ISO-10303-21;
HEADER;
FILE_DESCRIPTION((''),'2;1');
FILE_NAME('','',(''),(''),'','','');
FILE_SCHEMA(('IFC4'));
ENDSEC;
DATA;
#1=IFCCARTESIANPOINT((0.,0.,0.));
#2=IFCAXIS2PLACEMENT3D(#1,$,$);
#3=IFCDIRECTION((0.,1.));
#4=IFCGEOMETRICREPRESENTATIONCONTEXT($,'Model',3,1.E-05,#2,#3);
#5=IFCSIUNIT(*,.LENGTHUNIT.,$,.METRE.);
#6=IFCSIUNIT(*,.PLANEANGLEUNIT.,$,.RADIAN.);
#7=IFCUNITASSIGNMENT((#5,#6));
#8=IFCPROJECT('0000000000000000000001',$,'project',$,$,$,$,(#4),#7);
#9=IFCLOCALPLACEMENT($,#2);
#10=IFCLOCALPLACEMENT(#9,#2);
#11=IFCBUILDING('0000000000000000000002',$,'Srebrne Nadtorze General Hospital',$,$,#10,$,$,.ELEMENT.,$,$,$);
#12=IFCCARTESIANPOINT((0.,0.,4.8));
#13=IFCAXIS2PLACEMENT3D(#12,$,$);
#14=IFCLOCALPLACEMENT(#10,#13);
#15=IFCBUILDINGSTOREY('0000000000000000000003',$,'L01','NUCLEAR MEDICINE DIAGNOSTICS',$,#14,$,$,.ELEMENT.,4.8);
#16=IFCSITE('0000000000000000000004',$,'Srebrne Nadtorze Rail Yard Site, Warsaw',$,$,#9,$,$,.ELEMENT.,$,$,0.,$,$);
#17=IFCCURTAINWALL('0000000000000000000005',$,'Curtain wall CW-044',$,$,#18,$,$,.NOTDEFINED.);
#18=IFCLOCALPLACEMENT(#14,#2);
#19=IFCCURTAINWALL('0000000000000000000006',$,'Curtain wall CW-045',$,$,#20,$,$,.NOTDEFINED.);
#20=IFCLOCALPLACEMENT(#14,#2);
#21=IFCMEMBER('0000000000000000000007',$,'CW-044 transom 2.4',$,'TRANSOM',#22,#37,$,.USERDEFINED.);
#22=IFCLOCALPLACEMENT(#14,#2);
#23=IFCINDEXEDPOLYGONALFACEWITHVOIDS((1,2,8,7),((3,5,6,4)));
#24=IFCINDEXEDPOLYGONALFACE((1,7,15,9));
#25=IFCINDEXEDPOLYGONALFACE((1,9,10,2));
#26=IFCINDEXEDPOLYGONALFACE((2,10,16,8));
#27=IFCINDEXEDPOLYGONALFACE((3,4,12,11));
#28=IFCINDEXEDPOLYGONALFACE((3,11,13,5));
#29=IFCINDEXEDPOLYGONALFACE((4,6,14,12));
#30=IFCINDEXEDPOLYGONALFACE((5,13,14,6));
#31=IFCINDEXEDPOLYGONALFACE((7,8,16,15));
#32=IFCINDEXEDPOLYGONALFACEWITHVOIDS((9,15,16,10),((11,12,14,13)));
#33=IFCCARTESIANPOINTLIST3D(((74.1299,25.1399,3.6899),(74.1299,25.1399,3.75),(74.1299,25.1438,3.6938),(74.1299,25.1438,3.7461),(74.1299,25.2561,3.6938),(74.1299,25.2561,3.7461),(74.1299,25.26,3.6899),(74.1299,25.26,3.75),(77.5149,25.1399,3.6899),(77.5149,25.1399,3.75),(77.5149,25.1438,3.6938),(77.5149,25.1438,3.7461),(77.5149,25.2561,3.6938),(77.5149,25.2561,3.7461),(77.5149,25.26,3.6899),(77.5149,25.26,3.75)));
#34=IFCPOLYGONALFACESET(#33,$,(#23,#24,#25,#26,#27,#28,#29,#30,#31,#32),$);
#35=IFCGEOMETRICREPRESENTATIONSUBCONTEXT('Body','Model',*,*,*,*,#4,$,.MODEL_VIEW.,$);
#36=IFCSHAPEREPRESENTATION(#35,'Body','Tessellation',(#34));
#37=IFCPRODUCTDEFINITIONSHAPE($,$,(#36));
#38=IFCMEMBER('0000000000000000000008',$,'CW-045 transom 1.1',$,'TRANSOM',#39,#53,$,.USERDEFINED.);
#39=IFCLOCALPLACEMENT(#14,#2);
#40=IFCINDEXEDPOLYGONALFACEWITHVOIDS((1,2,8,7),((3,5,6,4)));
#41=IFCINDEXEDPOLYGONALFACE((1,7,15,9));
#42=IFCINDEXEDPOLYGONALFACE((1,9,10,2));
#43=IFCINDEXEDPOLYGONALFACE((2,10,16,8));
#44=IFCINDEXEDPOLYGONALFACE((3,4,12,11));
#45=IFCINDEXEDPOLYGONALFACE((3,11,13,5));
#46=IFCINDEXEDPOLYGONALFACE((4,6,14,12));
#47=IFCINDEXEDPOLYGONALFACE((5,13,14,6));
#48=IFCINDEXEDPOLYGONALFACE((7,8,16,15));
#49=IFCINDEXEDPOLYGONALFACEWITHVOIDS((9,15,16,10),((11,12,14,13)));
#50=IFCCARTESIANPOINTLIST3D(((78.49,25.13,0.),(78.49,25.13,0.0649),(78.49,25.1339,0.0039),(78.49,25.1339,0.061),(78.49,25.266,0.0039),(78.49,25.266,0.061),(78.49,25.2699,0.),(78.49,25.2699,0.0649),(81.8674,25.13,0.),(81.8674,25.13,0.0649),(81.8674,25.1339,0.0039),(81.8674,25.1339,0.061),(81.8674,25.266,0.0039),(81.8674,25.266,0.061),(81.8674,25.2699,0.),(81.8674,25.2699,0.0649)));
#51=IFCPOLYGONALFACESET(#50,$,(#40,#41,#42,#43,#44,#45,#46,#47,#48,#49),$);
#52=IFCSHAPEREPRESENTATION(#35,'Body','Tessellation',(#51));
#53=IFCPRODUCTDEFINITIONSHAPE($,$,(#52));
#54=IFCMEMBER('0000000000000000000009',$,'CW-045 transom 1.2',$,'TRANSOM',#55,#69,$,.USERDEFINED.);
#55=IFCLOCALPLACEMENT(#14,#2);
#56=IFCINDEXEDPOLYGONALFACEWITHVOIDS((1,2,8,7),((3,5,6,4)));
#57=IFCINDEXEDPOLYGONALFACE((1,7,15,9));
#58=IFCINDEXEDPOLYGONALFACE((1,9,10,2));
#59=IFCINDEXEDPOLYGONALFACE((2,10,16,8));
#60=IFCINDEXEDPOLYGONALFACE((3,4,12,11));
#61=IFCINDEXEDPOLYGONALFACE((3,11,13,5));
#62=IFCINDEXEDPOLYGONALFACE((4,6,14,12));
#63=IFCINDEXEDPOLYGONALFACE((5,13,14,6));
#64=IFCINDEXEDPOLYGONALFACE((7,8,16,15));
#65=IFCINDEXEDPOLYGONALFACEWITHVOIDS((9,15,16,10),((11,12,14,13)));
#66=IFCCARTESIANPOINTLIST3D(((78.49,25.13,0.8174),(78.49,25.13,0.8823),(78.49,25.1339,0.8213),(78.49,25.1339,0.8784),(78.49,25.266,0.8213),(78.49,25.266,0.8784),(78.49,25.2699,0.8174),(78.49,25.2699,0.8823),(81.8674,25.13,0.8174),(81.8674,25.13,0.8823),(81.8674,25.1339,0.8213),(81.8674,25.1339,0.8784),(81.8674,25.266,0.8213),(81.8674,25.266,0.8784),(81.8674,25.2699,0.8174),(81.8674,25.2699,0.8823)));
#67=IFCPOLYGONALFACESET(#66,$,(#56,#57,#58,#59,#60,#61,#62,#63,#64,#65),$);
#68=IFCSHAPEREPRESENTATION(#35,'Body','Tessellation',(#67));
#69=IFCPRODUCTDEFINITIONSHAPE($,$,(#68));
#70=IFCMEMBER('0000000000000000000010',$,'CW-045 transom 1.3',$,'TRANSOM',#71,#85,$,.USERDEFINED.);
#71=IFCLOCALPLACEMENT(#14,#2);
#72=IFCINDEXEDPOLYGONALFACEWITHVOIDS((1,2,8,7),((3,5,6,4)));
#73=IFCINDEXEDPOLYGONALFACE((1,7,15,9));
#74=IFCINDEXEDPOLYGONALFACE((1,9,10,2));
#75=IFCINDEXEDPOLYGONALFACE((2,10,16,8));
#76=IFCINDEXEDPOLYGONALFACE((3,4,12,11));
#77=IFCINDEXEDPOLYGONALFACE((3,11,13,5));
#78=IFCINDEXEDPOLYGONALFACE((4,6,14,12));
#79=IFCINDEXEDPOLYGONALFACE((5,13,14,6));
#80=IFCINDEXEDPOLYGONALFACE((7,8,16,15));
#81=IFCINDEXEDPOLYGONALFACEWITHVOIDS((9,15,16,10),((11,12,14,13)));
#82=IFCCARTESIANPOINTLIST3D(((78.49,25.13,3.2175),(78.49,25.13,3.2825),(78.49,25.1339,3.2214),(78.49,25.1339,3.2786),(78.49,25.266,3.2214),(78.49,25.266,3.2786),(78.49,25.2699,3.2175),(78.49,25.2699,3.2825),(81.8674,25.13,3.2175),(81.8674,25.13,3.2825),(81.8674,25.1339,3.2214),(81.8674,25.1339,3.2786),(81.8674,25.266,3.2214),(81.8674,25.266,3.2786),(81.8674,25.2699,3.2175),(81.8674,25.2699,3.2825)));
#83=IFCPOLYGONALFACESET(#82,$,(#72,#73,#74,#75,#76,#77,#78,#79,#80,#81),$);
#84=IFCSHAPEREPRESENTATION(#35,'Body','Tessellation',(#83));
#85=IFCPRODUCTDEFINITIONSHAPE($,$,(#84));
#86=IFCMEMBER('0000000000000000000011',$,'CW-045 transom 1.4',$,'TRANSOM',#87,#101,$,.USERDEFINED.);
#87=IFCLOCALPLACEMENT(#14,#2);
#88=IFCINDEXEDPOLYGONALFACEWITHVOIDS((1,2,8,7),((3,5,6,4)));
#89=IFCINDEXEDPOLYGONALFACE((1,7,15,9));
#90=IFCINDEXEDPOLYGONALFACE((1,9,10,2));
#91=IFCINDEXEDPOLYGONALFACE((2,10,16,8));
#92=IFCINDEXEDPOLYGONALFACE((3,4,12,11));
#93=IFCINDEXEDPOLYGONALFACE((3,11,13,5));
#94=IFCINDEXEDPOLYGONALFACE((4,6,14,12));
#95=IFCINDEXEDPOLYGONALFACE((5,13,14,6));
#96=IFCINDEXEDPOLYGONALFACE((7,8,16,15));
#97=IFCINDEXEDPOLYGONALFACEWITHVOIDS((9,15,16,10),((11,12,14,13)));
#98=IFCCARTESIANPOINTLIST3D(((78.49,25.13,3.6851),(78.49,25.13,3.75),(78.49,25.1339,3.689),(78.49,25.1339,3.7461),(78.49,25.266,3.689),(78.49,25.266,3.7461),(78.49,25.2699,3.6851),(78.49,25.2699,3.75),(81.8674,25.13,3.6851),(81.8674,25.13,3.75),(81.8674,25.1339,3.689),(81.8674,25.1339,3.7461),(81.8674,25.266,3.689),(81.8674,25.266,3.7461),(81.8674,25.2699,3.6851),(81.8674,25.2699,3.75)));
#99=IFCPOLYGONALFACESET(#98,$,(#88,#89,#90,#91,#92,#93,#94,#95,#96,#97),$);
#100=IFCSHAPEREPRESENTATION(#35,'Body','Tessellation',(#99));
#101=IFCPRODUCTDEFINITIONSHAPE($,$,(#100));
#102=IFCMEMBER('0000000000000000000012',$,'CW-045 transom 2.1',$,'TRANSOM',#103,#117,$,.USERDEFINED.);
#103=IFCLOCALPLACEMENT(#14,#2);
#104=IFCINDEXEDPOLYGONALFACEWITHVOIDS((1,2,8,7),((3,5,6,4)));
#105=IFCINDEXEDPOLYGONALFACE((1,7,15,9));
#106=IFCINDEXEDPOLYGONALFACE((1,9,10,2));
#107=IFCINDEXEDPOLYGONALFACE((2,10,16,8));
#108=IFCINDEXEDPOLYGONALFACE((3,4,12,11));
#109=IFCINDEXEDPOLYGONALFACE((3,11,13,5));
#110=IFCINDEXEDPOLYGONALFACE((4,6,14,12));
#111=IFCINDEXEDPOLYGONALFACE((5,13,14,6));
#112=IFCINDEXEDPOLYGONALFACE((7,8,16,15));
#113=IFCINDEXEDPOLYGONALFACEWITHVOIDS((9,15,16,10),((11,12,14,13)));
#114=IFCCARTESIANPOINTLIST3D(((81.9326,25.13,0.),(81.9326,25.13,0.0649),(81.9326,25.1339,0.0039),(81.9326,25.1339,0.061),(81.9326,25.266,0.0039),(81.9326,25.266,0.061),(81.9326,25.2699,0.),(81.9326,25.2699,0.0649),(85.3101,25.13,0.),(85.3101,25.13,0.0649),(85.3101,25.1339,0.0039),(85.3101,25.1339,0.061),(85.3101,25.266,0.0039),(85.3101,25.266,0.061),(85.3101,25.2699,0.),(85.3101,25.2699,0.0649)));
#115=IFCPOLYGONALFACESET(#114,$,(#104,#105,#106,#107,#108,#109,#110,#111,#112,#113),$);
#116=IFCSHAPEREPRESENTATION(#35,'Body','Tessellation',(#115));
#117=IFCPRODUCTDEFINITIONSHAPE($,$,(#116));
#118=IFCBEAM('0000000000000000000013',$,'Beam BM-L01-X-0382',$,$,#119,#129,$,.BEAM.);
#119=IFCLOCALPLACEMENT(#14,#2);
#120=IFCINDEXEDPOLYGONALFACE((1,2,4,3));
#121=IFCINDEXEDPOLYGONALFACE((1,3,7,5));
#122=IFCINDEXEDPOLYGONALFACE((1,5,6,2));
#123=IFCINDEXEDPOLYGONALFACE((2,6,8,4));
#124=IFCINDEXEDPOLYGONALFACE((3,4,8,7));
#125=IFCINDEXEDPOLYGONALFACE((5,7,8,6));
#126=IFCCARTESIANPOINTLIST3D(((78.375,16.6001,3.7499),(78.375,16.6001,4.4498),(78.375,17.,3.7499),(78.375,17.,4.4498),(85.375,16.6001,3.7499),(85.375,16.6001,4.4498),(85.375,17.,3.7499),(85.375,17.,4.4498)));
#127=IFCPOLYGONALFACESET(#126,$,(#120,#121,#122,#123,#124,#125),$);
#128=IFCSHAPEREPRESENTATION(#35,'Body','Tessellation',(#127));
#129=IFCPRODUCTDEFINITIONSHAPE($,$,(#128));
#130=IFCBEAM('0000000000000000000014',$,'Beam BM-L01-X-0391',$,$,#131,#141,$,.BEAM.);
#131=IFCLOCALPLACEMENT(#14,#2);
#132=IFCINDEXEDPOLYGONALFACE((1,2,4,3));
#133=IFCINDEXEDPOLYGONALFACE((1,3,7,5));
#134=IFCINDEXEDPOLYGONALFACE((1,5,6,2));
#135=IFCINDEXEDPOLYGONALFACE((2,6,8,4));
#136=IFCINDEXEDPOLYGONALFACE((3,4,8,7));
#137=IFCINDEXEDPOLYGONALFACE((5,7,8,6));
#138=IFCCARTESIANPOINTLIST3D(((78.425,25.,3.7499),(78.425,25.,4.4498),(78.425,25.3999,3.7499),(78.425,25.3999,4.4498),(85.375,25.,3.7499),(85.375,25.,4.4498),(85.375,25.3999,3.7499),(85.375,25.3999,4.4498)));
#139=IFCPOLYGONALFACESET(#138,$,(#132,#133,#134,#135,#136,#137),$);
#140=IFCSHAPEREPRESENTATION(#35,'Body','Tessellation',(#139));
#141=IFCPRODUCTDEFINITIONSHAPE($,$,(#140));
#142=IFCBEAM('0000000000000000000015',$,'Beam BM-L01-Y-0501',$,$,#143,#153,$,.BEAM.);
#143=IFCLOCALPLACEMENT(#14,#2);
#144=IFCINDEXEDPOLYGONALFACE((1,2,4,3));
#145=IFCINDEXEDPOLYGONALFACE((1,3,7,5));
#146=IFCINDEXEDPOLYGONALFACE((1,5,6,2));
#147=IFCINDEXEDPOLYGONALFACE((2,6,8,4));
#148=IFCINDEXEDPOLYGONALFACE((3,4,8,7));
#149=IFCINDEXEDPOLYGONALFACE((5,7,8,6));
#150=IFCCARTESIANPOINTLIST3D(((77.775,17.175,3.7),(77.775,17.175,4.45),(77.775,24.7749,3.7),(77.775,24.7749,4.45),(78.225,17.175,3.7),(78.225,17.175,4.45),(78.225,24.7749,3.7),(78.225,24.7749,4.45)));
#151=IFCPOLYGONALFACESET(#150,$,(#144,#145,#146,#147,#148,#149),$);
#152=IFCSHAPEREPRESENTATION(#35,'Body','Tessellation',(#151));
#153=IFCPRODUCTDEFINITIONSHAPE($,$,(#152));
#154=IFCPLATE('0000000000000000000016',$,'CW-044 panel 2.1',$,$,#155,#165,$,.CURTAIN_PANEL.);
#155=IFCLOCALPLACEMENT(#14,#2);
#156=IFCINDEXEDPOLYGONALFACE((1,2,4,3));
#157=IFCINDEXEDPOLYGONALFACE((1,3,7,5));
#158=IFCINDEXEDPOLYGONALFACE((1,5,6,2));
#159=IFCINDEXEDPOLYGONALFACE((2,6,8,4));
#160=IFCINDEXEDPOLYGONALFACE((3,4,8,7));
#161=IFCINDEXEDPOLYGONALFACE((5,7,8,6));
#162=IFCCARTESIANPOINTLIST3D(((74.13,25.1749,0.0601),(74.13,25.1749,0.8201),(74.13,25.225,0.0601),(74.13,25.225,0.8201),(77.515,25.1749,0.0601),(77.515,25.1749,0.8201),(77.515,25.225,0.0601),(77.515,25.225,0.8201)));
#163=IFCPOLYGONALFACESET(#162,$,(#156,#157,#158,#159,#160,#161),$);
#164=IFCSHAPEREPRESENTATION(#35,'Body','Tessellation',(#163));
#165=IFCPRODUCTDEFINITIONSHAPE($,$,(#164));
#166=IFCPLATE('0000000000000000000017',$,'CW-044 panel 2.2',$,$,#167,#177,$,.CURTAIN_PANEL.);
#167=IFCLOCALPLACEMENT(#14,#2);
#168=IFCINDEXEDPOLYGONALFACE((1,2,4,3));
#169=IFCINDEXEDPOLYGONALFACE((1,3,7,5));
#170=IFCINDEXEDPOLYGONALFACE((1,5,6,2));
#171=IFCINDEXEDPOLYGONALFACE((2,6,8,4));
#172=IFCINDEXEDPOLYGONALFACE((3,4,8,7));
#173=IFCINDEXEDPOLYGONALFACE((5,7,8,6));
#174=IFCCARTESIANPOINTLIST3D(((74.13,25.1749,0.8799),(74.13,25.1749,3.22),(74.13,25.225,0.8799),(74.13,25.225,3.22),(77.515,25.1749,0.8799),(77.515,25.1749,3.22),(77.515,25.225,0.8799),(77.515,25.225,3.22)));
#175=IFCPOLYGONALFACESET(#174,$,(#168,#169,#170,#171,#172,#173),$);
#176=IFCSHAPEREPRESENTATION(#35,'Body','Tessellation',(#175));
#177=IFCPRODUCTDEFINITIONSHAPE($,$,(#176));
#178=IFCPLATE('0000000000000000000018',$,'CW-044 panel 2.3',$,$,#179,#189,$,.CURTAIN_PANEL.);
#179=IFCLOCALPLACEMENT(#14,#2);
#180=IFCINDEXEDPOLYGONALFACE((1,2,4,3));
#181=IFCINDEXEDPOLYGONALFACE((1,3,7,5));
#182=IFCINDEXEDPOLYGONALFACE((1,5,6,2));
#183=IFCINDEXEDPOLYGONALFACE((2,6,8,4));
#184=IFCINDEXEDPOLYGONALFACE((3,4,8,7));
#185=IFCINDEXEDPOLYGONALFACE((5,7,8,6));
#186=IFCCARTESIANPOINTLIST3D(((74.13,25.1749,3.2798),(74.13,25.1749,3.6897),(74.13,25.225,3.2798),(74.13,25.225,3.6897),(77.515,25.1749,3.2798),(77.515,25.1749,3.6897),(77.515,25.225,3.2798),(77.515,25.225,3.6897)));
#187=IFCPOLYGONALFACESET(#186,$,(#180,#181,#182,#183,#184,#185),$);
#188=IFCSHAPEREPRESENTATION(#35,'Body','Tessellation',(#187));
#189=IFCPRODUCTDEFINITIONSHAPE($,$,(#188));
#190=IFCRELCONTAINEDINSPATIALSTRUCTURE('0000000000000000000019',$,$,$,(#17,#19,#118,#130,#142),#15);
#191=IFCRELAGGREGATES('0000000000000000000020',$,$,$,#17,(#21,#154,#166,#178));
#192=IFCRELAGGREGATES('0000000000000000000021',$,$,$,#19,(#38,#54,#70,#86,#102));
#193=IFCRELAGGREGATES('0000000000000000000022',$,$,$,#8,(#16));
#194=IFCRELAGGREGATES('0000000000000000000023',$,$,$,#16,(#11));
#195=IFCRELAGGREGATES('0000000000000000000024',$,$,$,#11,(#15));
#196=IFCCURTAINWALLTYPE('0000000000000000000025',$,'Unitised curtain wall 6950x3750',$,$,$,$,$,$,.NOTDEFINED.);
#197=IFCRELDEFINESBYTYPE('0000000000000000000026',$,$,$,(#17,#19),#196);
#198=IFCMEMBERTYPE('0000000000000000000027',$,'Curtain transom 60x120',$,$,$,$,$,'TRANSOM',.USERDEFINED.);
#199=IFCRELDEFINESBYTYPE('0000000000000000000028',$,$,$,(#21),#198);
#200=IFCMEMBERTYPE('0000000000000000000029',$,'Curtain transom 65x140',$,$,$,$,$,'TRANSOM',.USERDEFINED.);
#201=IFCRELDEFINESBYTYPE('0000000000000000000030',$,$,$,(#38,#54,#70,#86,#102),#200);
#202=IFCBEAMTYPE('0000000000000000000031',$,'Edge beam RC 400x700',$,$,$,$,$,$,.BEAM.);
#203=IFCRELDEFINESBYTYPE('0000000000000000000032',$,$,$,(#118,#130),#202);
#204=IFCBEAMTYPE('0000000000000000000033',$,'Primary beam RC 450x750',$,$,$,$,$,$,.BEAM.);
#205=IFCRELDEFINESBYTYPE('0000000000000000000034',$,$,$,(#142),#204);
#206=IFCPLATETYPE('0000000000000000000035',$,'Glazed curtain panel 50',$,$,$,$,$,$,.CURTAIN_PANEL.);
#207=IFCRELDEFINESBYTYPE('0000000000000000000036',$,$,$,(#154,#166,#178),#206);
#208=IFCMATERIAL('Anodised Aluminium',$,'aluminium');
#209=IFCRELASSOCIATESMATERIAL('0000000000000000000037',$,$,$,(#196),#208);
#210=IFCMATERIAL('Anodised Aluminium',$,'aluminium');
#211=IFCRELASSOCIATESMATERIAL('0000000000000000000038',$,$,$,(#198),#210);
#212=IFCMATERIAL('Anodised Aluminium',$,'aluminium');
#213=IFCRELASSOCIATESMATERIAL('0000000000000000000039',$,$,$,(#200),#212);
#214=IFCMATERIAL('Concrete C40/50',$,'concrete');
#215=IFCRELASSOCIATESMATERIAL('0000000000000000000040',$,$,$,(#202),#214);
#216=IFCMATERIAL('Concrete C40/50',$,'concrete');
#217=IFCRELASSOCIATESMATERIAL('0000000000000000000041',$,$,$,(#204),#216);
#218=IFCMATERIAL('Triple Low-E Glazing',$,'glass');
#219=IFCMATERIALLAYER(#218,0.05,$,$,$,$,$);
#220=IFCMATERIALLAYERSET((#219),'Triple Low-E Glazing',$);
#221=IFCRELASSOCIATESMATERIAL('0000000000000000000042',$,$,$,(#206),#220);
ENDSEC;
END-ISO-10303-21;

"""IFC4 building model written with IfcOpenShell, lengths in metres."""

from ifc_helpers import new_model, si_unit, direction, frame, origin, origin_2d, place, context, subcontext, project, spatial, rectangle, hollow_rectangle, extrude, material, layer, layer_set, material_profile, profile_set, type_object, element, aggregate, save


model = new_model("IFC4")

# Units and contexts
model_context = context("Model", 3, precision=1e-05, world=origin(), true_north=direction((0.0, 1.0)))
body_context = subcontext(model_context, "Body", "Model", "MODEL_VIEW")
ifc_project = project(units=[si_unit("LENGTHUNIT", "METRE"), si_unit("PLANEANGLEUNIT", "RADIAN")], contexts=[model_context])

# Site, building, storey
site_placement = place(None, origin())
site = spatial("IfcSite", under=ifc_project, at=site_placement, Name="Srebrne Nadtorze Rail Yard Site, Warsaw", CompositionType="ELEMENT", RefElevation=0.0)
building_placement = place(site_placement, origin())
building = spatial("IfcBuilding", under=site, at=building_placement, Name="Srebrne Nadtorze General Hospital", CompositionType="ELEMENT")
storey_placement = place(building_placement, frame((0.0, 0.0, 4.8)))
storey = spatial("IfcBuildingStorey", under=building, at=storey_placement, Name="L01", Description="NUCLEAR MEDICINE DIAGNOSTICS", CompositionType="ELEMENT", Elevation=4.8)

# Curtain walls
ifc_material_1 = material(Name="Anodised Aluminium", Category="aluminium")
curtain_wall_type = type_object("IfcCurtainWallType", Name="Unitised curtain wall 6950x3750", PredefinedType="NOTDEFINED", material=ifc_material_1)
curtain_wall_1_placement = place(storey_placement, origin())
curtain_wall_1 = element("IfcCurtainWall", 1, at=curtain_wall_1_placement, inside=storey, type_object=curtain_wall_type, Name="Curtain wall CW-044", PredefinedType="NOTDEFINED")
curtain_wall_2_placement = place(storey_placement, origin())
curtain_wall_2 = element("IfcCurtainWall", 2, at=curtain_wall_2_placement, inside=storey, type_object=curtain_wall_type, Name="Curtain wall CW-045", PredefinedType="NOTDEFINED")

# Members
ifc_material_2 = material(Name="Anodised Aluminium", Category="aluminium")
ifc_material_profile_1 = material_profile(ifc_material_2, hollow_rectangle(XDim=0.0601, YDim=0.1201, WallThickness=0.0039, at=origin_2d()), Name="AL-TRN-60x120")
ifc_profile_set_1 = profile_set([ifc_material_profile_1], Name="Anodised Aluminium")
member_type_1 = type_object("IfcMemberType", Name="Curtain transom 60x120", ElementType="TRANSOM", PredefinedType="USERDEFINED", material=ifc_profile_set_1)
member_1_placement = place(storey_placement, frame((74.1299, 25.2, 3.72), z_axis=(1.0, 0.0, 0.0), x_axis=(0.0, 0.0, 1.0)))
member_1 = element("IfcMember", 3, at=member_1_placement, type_object=member_type_1, Name="CW-044 transom 2.4", ObjectType="TRANSOM", PredefinedType="USERDEFINED", context=body_context, shape_type="SweptSolid", body=[
    extrude(hollow_rectangle(XDim=0.0601, YDim=0.1201, WallThickness=0.0039, at=origin_2d()), origin(), (0.0, 0.0, 1.0), 3.385),
])
ifc_material_3 = material(Name="Anodised Aluminium", Category="aluminium")
ifc_material_profile_2 = material_profile(ifc_material_3, hollow_rectangle(XDim=0.0649, YDim=0.1399, WallThickness=0.0039, at=origin_2d()), Name="AL-TRN-65x140")
ifc_profile_set_2 = profile_set([ifc_material_profile_2], Name="Anodised Aluminium")
member_type_2 = type_object("IfcMemberType", Name="Curtain transom 65x140", ElementType="TRANSOM", PredefinedType="USERDEFINED", material=ifc_profile_set_2)
member_2_placement = place(storey_placement, frame((78.49, 25.2, 0.0325), z_axis=(1.0, 0.0, 0.0), x_axis=(0.0, 0.0, 1.0)))
member_2 = element("IfcMember", 4, at=member_2_placement, type_object=member_type_2, Name="CW-045 transom 1.1", ObjectType="TRANSOM", PredefinedType="USERDEFINED", context=body_context, shape_type="SweptSolid", body=[
    extrude(hollow_rectangle(XDim=0.0649, YDim=0.1399, WallThickness=0.0039, at=origin_2d()), origin(), (0.0, 0.0, 1.0), 3.3774),
])
member_3_placement = place(storey_placement, frame((78.49, 25.2, 0.8499), z_axis=(1.0, 0.0, 0.0), x_axis=(0.0, 0.0, 1.0)))
member_3 = element("IfcMember", 5, at=member_3_placement, type_object=member_type_2, Name="CW-045 transom 1.2", ObjectType="TRANSOM", PredefinedType="USERDEFINED", context=body_context, shape_type="SweptSolid", body=[
    extrude(hollow_rectangle(XDim=0.0649, YDim=0.1399, WallThickness=0.0039, at=origin_2d()), origin(), (0.0, 0.0, 1.0), 3.3774),
])
member_4_placement = place(storey_placement, frame((78.49, 25.2, 3.25), z_axis=(1.0, 0.0, 0.0), x_axis=(0.0, 0.0, 1.0)))
member_4 = element("IfcMember", 6, at=member_4_placement, type_object=member_type_2, Name="CW-045 transom 1.3", ObjectType="TRANSOM", PredefinedType="USERDEFINED", context=body_context, shape_type="SweptSolid", body=[
    extrude(hollow_rectangle(XDim=0.0649, YDim=0.1399, WallThickness=0.0039, at=origin_2d()), origin(), (0.0, 0.0, 1.0), 3.3774),
])
member_5_placement = place(storey_placement, frame((78.49, 25.2, 3.7175), z_axis=(1.0, 0.0, 0.0), x_axis=(0.0, 0.0, 1.0)))
member_5 = element("IfcMember", 7, at=member_5_placement, type_object=member_type_2, Name="CW-045 transom 1.4", ObjectType="TRANSOM", PredefinedType="USERDEFINED", context=body_context, shape_type="SweptSolid", body=[
    extrude(hollow_rectangle(XDim=0.0649, YDim=0.1399, WallThickness=0.0039, at=origin_2d()), origin(), (0.0, 0.0, 1.0), 3.3774),
])
member_6_placement = place(storey_placement, frame((81.9326, 25.2, 0.0325), z_axis=(1.0, 0.0, 0.0), x_axis=(0.0, 0.0, 1.0)))
member_6 = element("IfcMember", 8, at=member_6_placement, type_object=member_type_2, Name="CW-045 transom 2.1", ObjectType="TRANSOM", PredefinedType="USERDEFINED", context=body_context, shape_type="SweptSolid", body=[
    extrude(hollow_rectangle(XDim=0.0649, YDim=0.1399, WallThickness=0.0039, at=origin_2d()), origin(), (0.0, 0.0, 1.0), 3.3774),
])

# Beams
ifc_material_4 = material(Name="Concrete C40/50", Category="concrete")
ifc_material_profile_3 = material_profile(ifc_material_4, rectangle(XDim=0.3999, YDim=0.7, at=origin_2d()), Name="RC-BM-400x700")
ifc_profile_set_3 = profile_set([ifc_material_profile_3], Name="Concrete C40/50")
beam_type_1 = type_object("IfcBeamType", Name="Edge beam RC 400x700", PredefinedType="BEAM", material=ifc_profile_set_3)
beam_1_placement = place(storey_placement, frame((78.375, 16.8, 4.0999), z_axis=(1.0, 0.0, 0.0), x_axis=(0.0, 1.0, 0.0)))
element("IfcBeam", 9, at=beam_1_placement, inside=storey, type_object=beam_type_1, Name="Beam BM-L01-X-0382", PredefinedType="BEAM", context=body_context, shape_type="SweptSolid", body=[
    extrude(rectangle(XDim=0.3999, YDim=0.7, at=origin_2d()), origin(), (0.0, 0.0, 1.0), 7.0),
])
beam_2_placement = place(storey_placement, frame((78.425, 25.2, 4.0999), z_axis=(1.0, 0.0, 0.0), x_axis=(0.0, 1.0, 0.0)))
element("IfcBeam", 10, at=beam_2_placement, inside=storey, type_object=beam_type_1, Name="Beam BM-L01-X-0391", PredefinedType="BEAM", context=body_context, shape_type="SweptSolid", body=[
    extrude(rectangle(XDim=0.3999, YDim=0.7, at=origin_2d()), origin(), (0.0, 0.0, 1.0), 6.95),
])
ifc_material_5 = material(Name="Concrete C40/50", Category="concrete")
ifc_material_profile_4 = material_profile(ifc_material_5, rectangle(XDim=0.45, YDim=0.75, at=origin_2d()), Name="RC-BM-450x750")
ifc_profile_set_4 = profile_set([ifc_material_profile_4], Name="Concrete C40/50")
beam_type_2 = type_object("IfcBeamType", Name="Primary beam RC 450x750", PredefinedType="BEAM", material=ifc_profile_set_4)
beam_3_placement = place(storey_placement, frame((78.0, 17.175, 4.075), z_axis=(0.0, 1.0, 0.0), x_axis=(-1.0, 0.0, 0.0)))
element("IfcBeam", 11, at=beam_3_placement, inside=storey, type_object=beam_type_2, Name="Beam BM-L01-Y-0501", PredefinedType="BEAM", context=body_context, shape_type="SweptSolid", body=[
    extrude(rectangle(XDim=0.45, YDim=0.75, at=origin_2d()), origin(), (0.0, 0.0, 1.0), 7.5999),
])

# Plates
ifc_material_6 = material(Name="Triple Low-E Glazing", Category="glass")
ifc_layer = layer(ifc_material_6, 0.05)
ifc_layer_set = layer_set([ifc_layer], Name="Triple Low-E Glazing")
plate_type = type_object("IfcPlateType", Name="Glazed curtain panel 50", PredefinedType="CURTAIN_PANEL", material=ifc_layer_set)
plate_1_placement = place(storey_placement, frame((75.8225, 25.2, 0.0601), z_axis=(0.0, 0.0, 1.0), x_axis=(1.0, 0.0, 0.0)))
plate_1 = element("IfcPlate", 12, at=plate_1_placement, type_object=plate_type, Name="CW-044 panel 2.1", PredefinedType="CURTAIN_PANEL", context=body_context, shape_type="SweptSolid", body=[
    extrude(rectangle(XDim=3.385, YDim=0.05, at=origin_2d()), origin(), (0.0, 0.0, 1.0), 0.76),
])
plate_2_placement = place(storey_placement, frame((75.8225, 25.2, 0.8799), z_axis=(0.0, 0.0, 1.0), x_axis=(1.0, 0.0, 0.0)))
plate_2 = element("IfcPlate", 13, at=plate_2_placement, type_object=plate_type, Name="CW-044 panel 2.2", PredefinedType="CURTAIN_PANEL", context=body_context, shape_type="SweptSolid", body=[
    extrude(rectangle(XDim=3.385, YDim=0.05, at=origin_2d()), origin(), (0.0, 0.0, 1.0), 2.3401),
])
plate_3_placement = place(storey_placement, frame((75.8225, 25.2, 3.2798), z_axis=(0.0, 0.0, 1.0), x_axis=(1.0, 0.0, 0.0)))
plate_3 = element("IfcPlate", 14, at=plate_3_placement, type_object=plate_type, Name="CW-044 panel 2.3", PredefinedType="CURTAIN_PANEL", context=body_context, shape_type="SweptSolid", body=[
    extrude(rectangle(XDim=3.385, YDim=0.05, at=origin_2d()), origin(), (0.0, 0.0, 1.0), 0.4099),
])
aggregate(curtain_wall_1, [member_1, plate_1, plate_2, plate_3])
aggregate(curtain_wall_2, [member_2, member_3, member_4, member_5, member_6])

save(model, "model.ifc")
